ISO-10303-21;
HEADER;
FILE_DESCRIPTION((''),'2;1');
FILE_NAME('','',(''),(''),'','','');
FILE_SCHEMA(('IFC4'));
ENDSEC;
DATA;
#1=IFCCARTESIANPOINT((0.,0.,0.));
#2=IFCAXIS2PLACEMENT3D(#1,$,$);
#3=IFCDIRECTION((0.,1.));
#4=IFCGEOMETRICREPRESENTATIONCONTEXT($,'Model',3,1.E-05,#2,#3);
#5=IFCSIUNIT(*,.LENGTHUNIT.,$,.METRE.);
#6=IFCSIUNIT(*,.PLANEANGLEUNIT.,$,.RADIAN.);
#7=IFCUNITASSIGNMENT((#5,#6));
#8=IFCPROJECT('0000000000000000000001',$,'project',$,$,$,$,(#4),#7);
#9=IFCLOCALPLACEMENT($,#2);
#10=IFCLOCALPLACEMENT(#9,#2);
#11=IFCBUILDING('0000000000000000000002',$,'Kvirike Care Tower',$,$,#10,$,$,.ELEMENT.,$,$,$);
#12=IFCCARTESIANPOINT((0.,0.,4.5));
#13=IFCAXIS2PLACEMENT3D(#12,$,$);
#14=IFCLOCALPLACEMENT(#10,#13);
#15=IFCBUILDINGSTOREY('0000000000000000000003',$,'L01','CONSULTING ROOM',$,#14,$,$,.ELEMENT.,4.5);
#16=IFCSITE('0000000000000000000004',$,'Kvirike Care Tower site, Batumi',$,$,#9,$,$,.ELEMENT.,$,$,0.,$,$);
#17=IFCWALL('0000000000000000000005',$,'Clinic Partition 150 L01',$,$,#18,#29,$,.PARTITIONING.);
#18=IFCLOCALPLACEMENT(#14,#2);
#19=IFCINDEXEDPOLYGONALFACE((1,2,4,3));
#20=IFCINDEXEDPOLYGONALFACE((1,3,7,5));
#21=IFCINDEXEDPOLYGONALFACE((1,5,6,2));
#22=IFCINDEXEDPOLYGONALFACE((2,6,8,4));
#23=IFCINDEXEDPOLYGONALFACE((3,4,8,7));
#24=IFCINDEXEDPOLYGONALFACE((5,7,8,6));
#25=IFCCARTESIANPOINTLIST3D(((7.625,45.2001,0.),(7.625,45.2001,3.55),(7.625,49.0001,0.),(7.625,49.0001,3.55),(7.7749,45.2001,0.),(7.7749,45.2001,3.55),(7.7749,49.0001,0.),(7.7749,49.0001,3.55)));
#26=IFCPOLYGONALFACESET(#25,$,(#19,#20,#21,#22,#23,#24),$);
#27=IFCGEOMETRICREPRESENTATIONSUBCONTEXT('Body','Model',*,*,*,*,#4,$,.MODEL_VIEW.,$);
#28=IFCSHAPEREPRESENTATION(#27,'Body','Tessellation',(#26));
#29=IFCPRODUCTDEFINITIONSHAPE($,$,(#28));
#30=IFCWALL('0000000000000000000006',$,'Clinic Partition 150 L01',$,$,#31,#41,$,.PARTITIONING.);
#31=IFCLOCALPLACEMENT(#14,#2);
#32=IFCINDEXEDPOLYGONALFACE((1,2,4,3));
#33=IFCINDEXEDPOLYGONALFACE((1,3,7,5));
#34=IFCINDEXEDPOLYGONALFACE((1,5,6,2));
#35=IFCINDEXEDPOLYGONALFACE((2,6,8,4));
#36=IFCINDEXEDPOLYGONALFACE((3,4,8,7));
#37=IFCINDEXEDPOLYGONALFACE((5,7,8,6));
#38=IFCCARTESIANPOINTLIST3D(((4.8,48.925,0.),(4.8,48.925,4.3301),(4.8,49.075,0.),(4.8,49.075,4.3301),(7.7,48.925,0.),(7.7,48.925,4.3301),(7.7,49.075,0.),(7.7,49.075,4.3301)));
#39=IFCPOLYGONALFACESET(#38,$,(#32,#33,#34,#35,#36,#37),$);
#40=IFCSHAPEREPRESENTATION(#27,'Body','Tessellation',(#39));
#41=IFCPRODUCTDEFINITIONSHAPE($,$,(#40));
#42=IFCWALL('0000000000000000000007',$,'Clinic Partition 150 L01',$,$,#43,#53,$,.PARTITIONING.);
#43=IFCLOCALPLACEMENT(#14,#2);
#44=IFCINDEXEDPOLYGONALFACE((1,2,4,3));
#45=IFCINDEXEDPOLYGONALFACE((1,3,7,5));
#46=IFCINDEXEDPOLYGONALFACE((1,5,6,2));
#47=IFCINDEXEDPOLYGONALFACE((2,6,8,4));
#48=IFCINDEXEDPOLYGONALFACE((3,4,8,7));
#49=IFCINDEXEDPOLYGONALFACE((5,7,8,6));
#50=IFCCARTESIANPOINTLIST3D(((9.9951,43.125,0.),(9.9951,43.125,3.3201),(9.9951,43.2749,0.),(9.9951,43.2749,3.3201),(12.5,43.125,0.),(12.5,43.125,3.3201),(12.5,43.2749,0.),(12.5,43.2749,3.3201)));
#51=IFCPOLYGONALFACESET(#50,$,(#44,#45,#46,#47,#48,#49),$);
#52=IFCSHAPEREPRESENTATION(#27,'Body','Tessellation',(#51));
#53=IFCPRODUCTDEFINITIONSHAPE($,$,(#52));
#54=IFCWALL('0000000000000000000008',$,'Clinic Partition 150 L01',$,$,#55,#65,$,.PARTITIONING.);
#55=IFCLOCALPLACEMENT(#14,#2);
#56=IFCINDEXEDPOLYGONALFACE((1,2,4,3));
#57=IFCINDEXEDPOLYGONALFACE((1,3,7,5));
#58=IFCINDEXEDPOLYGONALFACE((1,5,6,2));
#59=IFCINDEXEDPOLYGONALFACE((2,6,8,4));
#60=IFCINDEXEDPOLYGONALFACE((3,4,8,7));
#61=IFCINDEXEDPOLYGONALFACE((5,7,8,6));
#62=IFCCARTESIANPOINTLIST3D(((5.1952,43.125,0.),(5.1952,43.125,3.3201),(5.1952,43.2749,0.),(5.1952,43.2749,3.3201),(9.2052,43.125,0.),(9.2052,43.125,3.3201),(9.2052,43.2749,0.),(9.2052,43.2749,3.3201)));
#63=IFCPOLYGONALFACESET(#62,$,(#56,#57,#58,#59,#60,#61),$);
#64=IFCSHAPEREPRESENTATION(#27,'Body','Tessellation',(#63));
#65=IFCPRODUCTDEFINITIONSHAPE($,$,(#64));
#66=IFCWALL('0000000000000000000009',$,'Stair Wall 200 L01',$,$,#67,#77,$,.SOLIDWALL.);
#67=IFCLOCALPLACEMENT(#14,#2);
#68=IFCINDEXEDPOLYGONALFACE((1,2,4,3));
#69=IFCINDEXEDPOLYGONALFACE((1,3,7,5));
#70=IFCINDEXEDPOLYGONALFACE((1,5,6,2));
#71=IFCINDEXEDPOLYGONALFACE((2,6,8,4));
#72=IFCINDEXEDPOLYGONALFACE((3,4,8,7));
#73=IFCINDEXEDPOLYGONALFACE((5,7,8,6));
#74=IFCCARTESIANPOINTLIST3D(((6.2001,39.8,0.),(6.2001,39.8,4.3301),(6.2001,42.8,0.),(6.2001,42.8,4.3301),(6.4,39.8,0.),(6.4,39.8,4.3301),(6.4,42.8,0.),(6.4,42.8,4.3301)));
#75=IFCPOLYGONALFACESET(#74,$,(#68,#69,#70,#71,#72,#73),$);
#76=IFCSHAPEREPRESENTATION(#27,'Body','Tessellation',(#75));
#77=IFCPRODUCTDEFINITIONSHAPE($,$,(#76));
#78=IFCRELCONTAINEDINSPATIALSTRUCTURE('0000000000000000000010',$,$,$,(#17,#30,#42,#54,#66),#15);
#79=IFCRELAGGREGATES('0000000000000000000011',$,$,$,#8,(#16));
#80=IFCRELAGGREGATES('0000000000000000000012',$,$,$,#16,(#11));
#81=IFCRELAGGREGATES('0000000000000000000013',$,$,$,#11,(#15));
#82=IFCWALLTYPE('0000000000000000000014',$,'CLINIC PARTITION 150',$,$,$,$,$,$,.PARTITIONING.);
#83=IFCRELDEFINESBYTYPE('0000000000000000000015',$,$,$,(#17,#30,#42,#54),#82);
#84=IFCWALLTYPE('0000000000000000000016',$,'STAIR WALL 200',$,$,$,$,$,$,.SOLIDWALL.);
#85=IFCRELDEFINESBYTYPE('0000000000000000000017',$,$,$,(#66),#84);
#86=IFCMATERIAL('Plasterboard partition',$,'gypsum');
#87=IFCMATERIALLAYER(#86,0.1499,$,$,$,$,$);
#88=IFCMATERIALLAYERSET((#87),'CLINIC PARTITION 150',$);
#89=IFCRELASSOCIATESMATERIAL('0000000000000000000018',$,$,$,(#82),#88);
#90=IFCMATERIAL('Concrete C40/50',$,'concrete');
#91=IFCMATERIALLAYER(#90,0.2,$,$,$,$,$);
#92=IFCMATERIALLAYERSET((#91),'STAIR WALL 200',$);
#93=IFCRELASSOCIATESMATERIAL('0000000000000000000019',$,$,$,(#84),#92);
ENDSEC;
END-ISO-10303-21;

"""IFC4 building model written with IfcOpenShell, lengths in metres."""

from ifc_helpers import new_model, si_unit, direction, frame, frame_2d, origin, place, context, subcontext, project, spatial, rectangle, extrude, material, layer, layer_set, type_object, element, save


model = new_model("IFC4")

# Units and contexts
model_context = context("Model", 3, precision=1e-05, world=origin(), true_north=direction((0.0, 1.0)))
body_context = subcontext(model_context, "Body", "Model", "MODEL_VIEW")
ifc_project = project(units=[si_unit("LENGTHUNIT", "METRE"), si_unit("PLANEANGLEUNIT", "RADIAN")], contexts=[model_context])

# Site, building, storey
site_placement = place(None, origin())
site = spatial("IfcSite", under=ifc_project, at=site_placement, Name="Kvirike Care Tower site, Batumi", CompositionType="ELEMENT", RefElevation=0.0)
building_placement = place(site_placement, origin())
building = spatial("IfcBuilding", under=site, at=building_placement, Name="Kvirike Care Tower", CompositionType="ELEMENT")
storey_placement = place(building_placement, frame((0.0, 0.0, 4.5)))
storey = spatial("IfcBuildingStorey", under=building, at=storey_placement, Name="L01", Description="CONSULTING ROOM", CompositionType="ELEMENT", Elevation=4.5)

# Walls
ifc_material_1 = material(Name="Plasterboard partition", Category="gypsum")
ifc_layer_1 = layer(ifc_material_1, 0.1499)
ifc_layer_set_1 = layer_set([ifc_layer_1], Name="CLINIC PARTITION 150")
wall_type_1 = type_object("IfcWallType", Name="CLINIC PARTITION 150", PredefinedType="PARTITIONING", material=ifc_layer_set_1)
for number, where, z_axis, x_axis, name in (
    (1, (7.7, 49.0, 0.0), (0.0, 0.0, 1.0), (0.0, -1.0, 0.0), "Clinic Partition 150 L01"),
):
    element("IfcWall", number, at=place(storey_placement, frame(where, z_axis=z_axis, x_axis=x_axis)), inside=storey, type_object=wall_type_1, Name=name, PredefinedType="PARTITIONING", context=body_context, shape_type="SweptSolid", body=[
        extrude(rectangle(XDim=3.8, YDim=0.1499, at=frame_2d((1.8999, 0.0))), origin(), (0.0, 0.0, 1.0), 3.55),
    ])
wall_1_placement = place(storey_placement, frame((7.7, 49.0, 0.0), z_axis=(0.0, 0.0, 1.0), x_axis=(-1.0, 0.0, 0.0)))
element("IfcWall", 2, at=wall_1_placement, inside=storey, type_object=wall_type_1, Name="Clinic Partition 150 L01", PredefinedType="PARTITIONING", context=body_context, shape_type="SweptSolid", body=[
    extrude(rectangle(XDim=2.8999, YDim=0.1499, at=frame_2d((1.45, 0.0))), origin(), (0.0, 0.0, 1.0), 4.3301),
])
wall_2_placement = place(storey_placement, frame((12.5, 43.2, 0.0), z_axis=(0.0, 0.0, 1.0), x_axis=(-1.0, 0.0, 0.0)))
element("IfcWall", 3, at=wall_2_placement, inside=storey, type_object=wall_type_1, Name="Clinic Partition 150 L01", PredefinedType="PARTITIONING", context=body_context, shape_type="SweptSolid", body=[
    extrude(rectangle(XDim=2.5049, YDim=0.1499, at=frame_2d((1.2524, 0.0))), origin(), (0.0, 0.0, 1.0), 3.3201),
])
wall_3_placement = place(storey_placement, frame((9.2051, 43.2, 0.0), z_axis=(0.0, 0.0, 1.0), x_axis=(-1.0, 0.0, 0.0)))
element("IfcWall", 4, at=wall_3_placement, inside=storey, type_object=wall_type_1, Name="Clinic Partition 150 L01", PredefinedType="PARTITIONING", context=body_context, shape_type="SweptSolid", body=[
    extrude(rectangle(XDim=4.01, YDim=0.1499, at=frame_2d((2.0049, 0.0))), origin(), (0.0, 0.0, 1.0), 3.3201),
])

# Wall
ifc_material_2 = material(Name="Concrete C40/50", Category="concrete")
ifc_layer_2 = layer(ifc_material_2, 0.2)
ifc_layer_set_2 = layer_set([ifc_layer_2], Name="STAIR WALL 200")
wall_type_2 = type_object("IfcWallType", Name="STAIR WALL 200", PredefinedType="SOLIDWALL", material=ifc_layer_set_2)
wall_4_placement = place(storey_placement, frame((6.3, 42.8, 0.0), z_axis=(0.0, 0.0, 1.0), x_axis=(0.0, -1.0, 0.0)))
element("IfcWall", 5, at=wall_4_placement, inside=storey, type_object=wall_type_2, Name="Stair Wall 200 L01", PredefinedType="SOLIDWALL", context=body_context, shape_type="SweptSolid", body=[
    extrude(rectangle(XDim=3.0, YDim=0.2, at=frame_2d((1.5, 0.0))), origin(), (0.0, 0.0, 1.0), 4.3301),
])

save(model, "model.ifc")
